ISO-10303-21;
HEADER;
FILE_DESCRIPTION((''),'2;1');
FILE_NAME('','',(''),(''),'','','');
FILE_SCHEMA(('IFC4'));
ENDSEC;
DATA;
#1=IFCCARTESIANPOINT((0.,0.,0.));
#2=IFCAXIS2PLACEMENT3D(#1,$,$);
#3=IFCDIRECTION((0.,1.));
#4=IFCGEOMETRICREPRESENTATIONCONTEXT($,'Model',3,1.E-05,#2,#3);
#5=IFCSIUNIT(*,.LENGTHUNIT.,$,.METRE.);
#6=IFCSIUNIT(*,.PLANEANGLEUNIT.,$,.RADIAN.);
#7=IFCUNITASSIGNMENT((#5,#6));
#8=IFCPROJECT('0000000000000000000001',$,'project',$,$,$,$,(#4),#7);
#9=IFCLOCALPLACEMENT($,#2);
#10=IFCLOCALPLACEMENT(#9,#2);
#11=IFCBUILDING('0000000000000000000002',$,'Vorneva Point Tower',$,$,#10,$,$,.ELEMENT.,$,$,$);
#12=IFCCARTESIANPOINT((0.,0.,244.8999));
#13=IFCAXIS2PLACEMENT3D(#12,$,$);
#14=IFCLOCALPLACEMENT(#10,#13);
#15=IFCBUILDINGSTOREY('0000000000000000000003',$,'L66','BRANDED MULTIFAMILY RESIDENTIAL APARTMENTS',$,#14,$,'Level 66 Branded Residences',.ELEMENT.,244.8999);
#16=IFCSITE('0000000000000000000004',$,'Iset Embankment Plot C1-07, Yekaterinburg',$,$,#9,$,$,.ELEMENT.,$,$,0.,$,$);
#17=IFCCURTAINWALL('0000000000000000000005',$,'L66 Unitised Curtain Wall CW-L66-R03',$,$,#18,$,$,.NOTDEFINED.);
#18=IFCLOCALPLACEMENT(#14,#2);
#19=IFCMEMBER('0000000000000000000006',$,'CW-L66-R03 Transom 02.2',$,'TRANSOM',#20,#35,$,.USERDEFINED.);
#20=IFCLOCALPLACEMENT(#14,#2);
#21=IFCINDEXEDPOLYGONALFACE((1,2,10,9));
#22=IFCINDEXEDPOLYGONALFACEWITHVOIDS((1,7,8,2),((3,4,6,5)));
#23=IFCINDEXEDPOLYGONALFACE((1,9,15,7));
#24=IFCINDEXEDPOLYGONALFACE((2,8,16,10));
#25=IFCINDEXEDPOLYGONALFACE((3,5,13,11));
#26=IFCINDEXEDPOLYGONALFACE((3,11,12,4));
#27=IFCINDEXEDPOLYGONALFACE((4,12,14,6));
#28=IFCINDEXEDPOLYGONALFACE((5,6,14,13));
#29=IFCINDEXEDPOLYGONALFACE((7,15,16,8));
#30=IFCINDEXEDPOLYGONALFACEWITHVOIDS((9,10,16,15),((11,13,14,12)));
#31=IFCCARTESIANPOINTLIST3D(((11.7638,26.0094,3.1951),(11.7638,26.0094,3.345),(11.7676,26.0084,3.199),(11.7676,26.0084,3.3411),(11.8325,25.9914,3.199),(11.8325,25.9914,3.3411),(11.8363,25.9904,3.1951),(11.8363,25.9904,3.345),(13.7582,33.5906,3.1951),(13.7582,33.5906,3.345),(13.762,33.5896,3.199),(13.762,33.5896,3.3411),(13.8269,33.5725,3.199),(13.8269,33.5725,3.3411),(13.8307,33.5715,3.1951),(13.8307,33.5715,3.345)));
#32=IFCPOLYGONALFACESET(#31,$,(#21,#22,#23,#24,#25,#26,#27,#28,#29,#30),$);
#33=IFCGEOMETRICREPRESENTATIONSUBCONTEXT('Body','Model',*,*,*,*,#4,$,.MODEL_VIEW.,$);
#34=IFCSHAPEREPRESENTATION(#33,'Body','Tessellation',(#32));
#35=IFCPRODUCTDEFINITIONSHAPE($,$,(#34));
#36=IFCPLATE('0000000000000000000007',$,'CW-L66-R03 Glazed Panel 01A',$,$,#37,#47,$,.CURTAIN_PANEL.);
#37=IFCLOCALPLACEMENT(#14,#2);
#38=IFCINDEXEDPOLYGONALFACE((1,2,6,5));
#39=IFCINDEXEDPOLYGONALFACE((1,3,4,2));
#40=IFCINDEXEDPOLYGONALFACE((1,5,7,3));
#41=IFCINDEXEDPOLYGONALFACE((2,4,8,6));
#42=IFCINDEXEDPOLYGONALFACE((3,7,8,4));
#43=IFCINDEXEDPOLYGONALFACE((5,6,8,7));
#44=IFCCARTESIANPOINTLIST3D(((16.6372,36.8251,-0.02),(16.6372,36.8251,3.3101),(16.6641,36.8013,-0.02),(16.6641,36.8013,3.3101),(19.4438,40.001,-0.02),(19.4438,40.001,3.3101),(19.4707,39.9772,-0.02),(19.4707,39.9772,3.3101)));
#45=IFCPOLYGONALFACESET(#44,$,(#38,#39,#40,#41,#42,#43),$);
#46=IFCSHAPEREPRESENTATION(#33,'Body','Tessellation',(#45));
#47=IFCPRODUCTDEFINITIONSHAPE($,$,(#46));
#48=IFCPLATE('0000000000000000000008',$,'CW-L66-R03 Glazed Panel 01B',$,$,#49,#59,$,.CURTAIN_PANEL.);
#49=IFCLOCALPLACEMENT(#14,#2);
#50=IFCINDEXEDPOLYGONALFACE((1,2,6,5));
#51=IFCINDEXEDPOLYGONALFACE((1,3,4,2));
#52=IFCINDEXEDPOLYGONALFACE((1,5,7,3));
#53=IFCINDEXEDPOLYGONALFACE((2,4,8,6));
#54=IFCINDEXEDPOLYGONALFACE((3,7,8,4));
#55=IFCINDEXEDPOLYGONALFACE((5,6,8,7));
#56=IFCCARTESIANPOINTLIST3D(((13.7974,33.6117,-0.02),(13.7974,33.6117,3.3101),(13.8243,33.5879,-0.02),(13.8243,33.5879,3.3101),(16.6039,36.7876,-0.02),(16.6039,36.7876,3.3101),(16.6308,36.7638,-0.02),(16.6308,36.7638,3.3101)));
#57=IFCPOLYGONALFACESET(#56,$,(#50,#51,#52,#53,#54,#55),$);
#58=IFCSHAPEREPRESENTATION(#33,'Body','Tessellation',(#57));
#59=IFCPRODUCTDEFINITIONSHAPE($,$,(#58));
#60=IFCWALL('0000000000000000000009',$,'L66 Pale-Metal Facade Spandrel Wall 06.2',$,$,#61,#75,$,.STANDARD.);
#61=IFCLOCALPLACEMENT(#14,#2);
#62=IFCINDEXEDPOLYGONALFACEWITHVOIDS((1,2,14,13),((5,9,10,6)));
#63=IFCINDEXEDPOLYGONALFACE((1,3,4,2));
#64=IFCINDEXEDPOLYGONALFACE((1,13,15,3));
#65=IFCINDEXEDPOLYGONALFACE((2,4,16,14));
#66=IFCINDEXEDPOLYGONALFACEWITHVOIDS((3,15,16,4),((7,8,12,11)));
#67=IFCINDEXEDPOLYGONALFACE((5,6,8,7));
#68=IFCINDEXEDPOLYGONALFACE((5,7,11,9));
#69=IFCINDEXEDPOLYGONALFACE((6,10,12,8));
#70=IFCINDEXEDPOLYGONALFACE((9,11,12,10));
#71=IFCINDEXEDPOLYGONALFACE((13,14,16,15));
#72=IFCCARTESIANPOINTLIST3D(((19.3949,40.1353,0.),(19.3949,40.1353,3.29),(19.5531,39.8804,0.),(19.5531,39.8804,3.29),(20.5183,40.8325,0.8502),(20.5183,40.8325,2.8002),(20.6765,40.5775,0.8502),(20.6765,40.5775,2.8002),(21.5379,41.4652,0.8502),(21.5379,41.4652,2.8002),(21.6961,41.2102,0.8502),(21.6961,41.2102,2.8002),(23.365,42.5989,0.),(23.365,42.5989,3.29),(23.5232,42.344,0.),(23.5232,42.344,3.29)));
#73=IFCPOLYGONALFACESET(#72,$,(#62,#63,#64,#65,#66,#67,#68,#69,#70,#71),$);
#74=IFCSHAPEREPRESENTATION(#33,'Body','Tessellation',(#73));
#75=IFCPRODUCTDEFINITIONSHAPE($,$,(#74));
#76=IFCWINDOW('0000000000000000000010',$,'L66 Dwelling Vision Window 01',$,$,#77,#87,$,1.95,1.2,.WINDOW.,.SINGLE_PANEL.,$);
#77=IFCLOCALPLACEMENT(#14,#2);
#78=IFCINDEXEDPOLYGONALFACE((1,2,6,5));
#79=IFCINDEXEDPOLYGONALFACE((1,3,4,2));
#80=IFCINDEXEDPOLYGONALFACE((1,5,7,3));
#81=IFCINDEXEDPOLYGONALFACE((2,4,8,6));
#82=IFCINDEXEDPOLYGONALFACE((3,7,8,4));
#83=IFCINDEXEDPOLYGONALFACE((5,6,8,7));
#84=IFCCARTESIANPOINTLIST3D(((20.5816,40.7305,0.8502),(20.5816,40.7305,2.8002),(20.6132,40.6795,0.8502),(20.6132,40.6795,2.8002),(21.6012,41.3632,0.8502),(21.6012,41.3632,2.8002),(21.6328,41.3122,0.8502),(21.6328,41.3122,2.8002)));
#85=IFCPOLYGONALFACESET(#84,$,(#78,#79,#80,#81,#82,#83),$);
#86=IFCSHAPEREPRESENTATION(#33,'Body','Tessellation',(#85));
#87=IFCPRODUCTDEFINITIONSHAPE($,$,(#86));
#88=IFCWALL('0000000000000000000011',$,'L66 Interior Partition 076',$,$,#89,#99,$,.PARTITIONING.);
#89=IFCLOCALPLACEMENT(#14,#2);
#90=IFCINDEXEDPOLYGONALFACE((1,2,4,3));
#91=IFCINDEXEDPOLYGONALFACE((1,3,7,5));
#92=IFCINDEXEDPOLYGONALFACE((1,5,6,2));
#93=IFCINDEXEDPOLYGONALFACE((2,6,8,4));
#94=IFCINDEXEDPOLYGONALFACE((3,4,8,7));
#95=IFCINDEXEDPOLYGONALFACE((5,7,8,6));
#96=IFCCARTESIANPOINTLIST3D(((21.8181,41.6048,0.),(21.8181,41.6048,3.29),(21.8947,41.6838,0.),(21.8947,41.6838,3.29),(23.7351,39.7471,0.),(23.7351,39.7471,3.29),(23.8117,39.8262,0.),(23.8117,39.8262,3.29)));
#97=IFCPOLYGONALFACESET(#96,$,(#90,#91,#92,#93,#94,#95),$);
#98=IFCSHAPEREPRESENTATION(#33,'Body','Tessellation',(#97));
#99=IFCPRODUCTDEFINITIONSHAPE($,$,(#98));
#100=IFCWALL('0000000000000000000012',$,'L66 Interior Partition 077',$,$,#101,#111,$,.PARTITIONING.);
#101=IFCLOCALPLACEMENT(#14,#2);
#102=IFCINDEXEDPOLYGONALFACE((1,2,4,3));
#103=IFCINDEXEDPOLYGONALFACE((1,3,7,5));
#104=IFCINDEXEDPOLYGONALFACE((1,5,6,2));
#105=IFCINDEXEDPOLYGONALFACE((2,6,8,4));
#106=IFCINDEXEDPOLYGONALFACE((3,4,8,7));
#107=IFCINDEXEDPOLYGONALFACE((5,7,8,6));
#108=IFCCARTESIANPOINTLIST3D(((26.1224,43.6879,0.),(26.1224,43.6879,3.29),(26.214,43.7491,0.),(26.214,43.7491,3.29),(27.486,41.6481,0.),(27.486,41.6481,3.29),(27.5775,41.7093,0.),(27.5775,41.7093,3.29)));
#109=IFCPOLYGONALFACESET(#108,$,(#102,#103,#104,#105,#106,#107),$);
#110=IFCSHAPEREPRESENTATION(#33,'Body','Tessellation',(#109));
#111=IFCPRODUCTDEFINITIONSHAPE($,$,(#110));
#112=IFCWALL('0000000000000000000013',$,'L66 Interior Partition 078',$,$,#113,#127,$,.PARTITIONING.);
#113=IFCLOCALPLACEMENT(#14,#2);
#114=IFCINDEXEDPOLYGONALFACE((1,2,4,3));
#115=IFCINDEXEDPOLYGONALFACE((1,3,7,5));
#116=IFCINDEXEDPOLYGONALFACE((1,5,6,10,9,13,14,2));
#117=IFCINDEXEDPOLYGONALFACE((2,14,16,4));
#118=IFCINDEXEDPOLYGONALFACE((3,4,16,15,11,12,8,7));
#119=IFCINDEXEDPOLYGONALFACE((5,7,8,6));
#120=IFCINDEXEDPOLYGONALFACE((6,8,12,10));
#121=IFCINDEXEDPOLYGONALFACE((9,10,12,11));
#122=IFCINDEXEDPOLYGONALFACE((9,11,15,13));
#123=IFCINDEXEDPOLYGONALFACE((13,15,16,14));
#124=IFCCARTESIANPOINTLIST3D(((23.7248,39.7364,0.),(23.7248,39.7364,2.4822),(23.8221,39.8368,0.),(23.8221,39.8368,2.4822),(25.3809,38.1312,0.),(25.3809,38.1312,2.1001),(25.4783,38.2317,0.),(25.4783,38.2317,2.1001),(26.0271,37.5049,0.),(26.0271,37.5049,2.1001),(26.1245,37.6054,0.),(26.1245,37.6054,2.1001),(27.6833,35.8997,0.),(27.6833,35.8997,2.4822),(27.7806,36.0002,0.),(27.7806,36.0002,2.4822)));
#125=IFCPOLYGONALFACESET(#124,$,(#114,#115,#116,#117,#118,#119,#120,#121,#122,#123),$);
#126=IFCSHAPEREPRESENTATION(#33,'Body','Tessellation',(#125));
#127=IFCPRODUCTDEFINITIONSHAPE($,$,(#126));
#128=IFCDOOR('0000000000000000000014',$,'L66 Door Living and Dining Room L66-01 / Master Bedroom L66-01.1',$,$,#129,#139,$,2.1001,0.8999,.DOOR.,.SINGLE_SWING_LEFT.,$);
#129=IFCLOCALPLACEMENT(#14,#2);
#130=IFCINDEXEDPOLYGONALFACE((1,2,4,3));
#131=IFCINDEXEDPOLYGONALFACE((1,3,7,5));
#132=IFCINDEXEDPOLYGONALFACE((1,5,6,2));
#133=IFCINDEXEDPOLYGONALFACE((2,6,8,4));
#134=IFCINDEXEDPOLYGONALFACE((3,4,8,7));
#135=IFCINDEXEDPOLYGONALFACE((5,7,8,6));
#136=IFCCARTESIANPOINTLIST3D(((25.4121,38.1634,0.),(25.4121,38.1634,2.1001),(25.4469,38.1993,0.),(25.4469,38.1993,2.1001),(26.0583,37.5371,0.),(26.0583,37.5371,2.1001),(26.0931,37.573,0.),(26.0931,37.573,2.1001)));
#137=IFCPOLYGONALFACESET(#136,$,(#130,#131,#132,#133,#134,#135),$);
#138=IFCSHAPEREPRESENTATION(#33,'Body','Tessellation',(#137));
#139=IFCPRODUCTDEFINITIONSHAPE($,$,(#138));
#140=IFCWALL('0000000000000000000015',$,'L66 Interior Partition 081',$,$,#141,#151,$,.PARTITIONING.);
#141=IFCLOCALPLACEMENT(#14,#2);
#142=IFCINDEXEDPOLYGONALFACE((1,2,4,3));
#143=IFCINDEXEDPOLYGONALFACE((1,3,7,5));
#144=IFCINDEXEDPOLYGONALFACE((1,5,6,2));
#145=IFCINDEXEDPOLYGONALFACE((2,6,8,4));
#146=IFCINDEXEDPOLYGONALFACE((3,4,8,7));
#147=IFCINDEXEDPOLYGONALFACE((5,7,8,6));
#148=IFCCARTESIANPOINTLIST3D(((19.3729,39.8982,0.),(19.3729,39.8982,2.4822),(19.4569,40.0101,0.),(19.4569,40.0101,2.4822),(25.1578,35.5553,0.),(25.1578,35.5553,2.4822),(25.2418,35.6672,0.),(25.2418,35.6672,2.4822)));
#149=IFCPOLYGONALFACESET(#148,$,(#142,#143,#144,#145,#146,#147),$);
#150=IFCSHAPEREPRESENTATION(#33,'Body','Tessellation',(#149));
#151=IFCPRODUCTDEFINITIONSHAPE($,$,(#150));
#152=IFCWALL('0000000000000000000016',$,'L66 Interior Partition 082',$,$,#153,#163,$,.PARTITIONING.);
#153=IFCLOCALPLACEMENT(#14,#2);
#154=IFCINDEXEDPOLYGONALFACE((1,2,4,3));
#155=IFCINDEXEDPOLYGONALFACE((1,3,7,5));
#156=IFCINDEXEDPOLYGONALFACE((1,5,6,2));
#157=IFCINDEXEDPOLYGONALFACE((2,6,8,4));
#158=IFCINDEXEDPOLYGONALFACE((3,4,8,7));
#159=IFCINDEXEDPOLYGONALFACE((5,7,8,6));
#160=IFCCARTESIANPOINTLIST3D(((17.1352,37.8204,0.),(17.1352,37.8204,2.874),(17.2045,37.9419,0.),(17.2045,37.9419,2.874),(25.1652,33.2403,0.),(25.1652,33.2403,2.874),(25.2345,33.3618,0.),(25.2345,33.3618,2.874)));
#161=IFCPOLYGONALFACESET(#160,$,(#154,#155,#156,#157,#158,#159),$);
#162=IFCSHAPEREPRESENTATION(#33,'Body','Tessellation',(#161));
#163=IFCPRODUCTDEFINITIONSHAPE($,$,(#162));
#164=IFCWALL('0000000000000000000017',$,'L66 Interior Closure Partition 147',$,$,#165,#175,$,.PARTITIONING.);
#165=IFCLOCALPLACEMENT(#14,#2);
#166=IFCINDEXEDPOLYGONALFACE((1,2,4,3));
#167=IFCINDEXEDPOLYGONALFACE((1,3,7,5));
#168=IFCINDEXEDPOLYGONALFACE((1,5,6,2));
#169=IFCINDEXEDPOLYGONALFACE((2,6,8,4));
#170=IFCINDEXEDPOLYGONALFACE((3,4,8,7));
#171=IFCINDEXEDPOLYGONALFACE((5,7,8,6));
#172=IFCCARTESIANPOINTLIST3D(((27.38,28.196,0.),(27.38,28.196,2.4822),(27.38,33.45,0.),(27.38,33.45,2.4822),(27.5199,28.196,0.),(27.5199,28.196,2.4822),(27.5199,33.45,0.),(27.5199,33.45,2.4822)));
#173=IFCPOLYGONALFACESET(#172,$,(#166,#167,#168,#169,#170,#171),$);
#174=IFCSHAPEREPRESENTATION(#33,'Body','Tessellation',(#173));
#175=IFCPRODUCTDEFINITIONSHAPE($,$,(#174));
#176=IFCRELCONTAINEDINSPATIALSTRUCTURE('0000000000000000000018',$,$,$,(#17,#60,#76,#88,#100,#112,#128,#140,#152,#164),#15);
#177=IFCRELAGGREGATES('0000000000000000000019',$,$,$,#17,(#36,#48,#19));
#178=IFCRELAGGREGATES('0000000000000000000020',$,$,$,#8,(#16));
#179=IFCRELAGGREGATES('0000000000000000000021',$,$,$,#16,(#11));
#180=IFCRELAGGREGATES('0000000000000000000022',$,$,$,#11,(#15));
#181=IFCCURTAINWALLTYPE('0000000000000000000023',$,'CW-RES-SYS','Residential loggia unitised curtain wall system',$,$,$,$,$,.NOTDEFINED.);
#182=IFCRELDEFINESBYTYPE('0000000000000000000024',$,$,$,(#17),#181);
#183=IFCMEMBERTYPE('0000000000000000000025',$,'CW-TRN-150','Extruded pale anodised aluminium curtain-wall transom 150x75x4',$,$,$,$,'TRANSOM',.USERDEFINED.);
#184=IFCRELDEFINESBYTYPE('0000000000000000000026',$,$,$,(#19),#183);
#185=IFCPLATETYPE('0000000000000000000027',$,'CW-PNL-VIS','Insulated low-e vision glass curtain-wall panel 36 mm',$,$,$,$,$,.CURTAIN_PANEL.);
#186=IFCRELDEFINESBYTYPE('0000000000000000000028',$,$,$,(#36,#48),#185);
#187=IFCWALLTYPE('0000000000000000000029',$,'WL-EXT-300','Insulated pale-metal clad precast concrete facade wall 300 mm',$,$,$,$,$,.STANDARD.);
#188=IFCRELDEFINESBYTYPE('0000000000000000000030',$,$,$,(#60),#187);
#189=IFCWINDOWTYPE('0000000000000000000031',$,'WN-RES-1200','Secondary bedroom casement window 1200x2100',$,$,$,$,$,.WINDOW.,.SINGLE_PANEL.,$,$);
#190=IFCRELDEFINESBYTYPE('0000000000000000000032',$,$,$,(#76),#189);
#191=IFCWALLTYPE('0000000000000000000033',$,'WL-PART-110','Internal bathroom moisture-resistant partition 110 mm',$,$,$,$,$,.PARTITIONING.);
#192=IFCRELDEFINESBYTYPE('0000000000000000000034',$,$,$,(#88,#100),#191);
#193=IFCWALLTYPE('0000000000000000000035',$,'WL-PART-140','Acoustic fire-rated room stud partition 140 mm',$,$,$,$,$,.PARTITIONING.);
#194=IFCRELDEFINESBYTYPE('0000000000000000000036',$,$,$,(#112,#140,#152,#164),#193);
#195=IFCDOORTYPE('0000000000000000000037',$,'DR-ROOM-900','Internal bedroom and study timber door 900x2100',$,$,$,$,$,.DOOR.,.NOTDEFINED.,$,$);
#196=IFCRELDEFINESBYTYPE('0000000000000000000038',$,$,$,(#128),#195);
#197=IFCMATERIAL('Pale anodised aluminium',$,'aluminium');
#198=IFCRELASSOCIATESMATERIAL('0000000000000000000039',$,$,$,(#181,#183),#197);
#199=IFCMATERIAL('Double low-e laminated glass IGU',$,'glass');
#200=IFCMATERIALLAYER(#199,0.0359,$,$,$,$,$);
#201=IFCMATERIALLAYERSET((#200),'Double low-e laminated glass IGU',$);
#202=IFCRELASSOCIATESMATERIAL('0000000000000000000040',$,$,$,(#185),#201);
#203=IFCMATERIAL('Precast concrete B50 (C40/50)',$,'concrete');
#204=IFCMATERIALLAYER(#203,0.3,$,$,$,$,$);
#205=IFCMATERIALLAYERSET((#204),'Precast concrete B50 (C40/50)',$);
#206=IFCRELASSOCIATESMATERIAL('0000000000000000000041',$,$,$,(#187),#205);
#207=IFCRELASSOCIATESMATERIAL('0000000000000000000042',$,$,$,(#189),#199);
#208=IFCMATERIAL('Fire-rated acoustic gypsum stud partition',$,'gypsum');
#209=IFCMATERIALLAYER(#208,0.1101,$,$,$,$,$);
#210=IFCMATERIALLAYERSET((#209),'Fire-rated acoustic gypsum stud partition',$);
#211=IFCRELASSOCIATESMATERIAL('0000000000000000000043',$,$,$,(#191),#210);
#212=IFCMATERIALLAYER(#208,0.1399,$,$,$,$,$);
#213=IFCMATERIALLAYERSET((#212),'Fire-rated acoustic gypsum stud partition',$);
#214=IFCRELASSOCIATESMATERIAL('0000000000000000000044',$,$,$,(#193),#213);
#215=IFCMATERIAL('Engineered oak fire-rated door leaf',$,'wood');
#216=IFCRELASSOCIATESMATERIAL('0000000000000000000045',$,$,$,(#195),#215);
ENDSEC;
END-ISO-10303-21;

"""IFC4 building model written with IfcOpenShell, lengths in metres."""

from ifc_helpers import new_model, si_unit, direction, frame, frame_2d, origin, origin_2d, place, context, subcontext, project, spatial, rectangle, hollow_rectangle, extrude, material, layer, layer_set, material_profile, profile_set, type_object, element, fill, aggregate, save


model = new_model("IFC4")

# Units and contexts
model_context = context("Model", 3, precision=1e-05, world=origin(), true_north=direction((0.0, 1.0)))
body_context = subcontext(model_context, "Body", "Model", "MODEL_VIEW")
ifc_project = project(units=[si_unit("LENGTHUNIT", "METRE"), si_unit("PLANEANGLEUNIT", "RADIAN")], contexts=[model_context])

# Site, building, storey
site_placement = place(None, origin())
site = spatial("IfcSite", under=ifc_project, at=site_placement, Name="Iset Embankment Plot C1-07, Yekaterinburg", CompositionType="ELEMENT", RefElevation=0.0)
building_placement = place(site_placement, origin())
building = spatial("IfcBuilding", under=site, at=building_placement, Name="Vorneva Point Tower", CompositionType="ELEMENT")
storey_placement = place(building_placement, frame((0.0, 0.0, 244.8999)))
storey = spatial("IfcBuildingStorey", under=building, at=storey_placement, Name="L66", Description="BRANDED MULTIFAMILY RESIDENTIAL APARTMENTS", LongName="Level 66 Branded Residences", CompositionType="ELEMENT", Elevation=244.8999)

# Curtain wall, member, plates
ifc_material_1 = material(Name="Pale anodised aluminium", Category="aluminium")
curtain_wall_type = type_object("IfcCurtainWallType", Name="CW-RES-SYS", Description="Residential loggia unitised curtain wall system", PredefinedType="NOTDEFINED", material=ifc_material_1)
curtain_wall_placement = place(storey_placement, origin())
curtain_wall = element("IfcCurtainWall", 1, at=curtain_wall_placement, inside=storey, type_object=curtain_wall_type, Name="L66 Unitised Curtain Wall CW-L66-R03", PredefinedType="NOTDEFINED")
ifc_material_profile_1 = material_profile(ifc_material_1, hollow_rectangle(XDim=0.075, YDim=0.1499, WallThickness=0.0039, at=origin_2d()), Name="AL-TRN 150x75x4")
ifc_profile_set_1 = profile_set([ifc_material_profile_1], Name="Pale anodised aluminium")
member_type_1 = type_object("IfcMemberType", Name="CW-TRN-150", Description="Extruded pale anodised aluminium curtain-wall transom 150x75x4", ElementType="TRANSOM", PredefinedType="USERDEFINED", material=ifc_profile_set_1)
member_1_placement = place(storey_placement, frame((13.7944, 33.5811, 3.27), z_axis=(-0.254418, -0.967094, 0.0), x_axis=(0.967094, -0.254418, 0.0)))
member_1 = element("IfcMember", 2, at=member_1_placement, type_object=member_type_1, Name="CW-L66-R03 Transom 02.2", ObjectType="TRANSOM", PredefinedType="USERDEFINED", context=body_context, shape_type="SweptSolid", body=[
    extrude(hollow_rectangle(XDim=0.075, YDim=0.1499, WallThickness=0.0039, at=origin_2d()), origin(), (0.0, 0.0, 1.0), 7.8391),
])
ifc_material_2 = material(Name="Double low-e laminated glass IGU", Category="glass")
ifc_layer_1 = layer(ifc_material_2, 0.0359)
ifc_layer_set_1 = layer_set([ifc_layer_1], Name="Double low-e laminated glass IGU")
plate_type = type_object("IfcPlateType", Name="CW-PNL-VIS", Description="Insulated low-e vision glass curtain-wall panel 36 mm", PredefinedType="CURTAIN_PANEL", material=ifc_layer_set_1)
plate_1_placement = place(storey_placement, frame((18.054, 38.4011, -0.02), z_axis=(0.0, 0.0, 1.0), x_axis=(-0.662189, -0.749337, 0.0)))
plate_1 = element("IfcPlate", 3, at=plate_1_placement, type_object=plate_type, Name="CW-L66-R03 Glazed Panel 01A", PredefinedType="CURTAIN_PANEL", context=body_context, shape_type="SweptSolid", body=[
    extrude(rectangle(XDim=4.2383, YDim=0.0359, at=origin_2d()), origin(), (0.0, 0.0, 1.0), 3.3301),
])
plate_2_placement = place(storey_placement, frame((15.2141, 35.1877, -0.02), z_axis=(0.0, 0.0, 1.0), x_axis=(-0.662189, -0.749337, 0.0)))
plate_2 = element("IfcPlate", 4, at=plate_2_placement, type_object=plate_type, Name="CW-L66-R03 Glazed Panel 01B", PredefinedType="CURTAIN_PANEL", context=body_context, shape_type="SweptSolid", body=[
    extrude(rectangle(XDim=4.2383, YDim=0.0359, at=origin_2d()), origin(), (0.0, 0.0, 1.0), 3.3301),
])
aggregate(curtain_wall, [plate_1, plate_2, member_1])

# Wall, opening, window
ifc_material_3 = material(Name="Precast concrete B50 (C40/50)", Category="concrete")
ifc_layer_2 = layer(ifc_material_3, 0.3)
ifc_layer_set_2 = layer_set([ifc_layer_2], Name="Precast concrete B50 (C40/50)")
wall_type_1 = type_object("IfcWallType", Name="WL-EXT-300", Description="Insulated pale-metal clad precast concrete facade wall 300 mm", PredefinedType="STANDARD", material=ifc_layer_set_2)
wall_1_placement = place(storey_placement, frame((23.4441, 42.4714, 0.0), z_axis=(0.0, 0.0, 1.0), x_axis=(-0.849702, -0.527263, 0.0)))
wall_1 = element("IfcWall", 5, at=wall_1_placement, inside=storey, type_object=wall_type_1, Name="L66 Pale-Metal Facade Spandrel Wall 06.2", PredefinedType="STANDARD", context=body_context, shape_type="SweptSolid", body=[
    extrude(rectangle(XDim=4.6724, YDim=0.3, at=frame_2d((2.3362, 0.0))), origin(), (0.0, 0.0, 1.0), 3.29),
])
opening_1_placement = place(wall_1_placement, frame((2.1501, 0.0, 0.8501)))
opening_1 = element("IfcOpeningElement", 6, at=opening_1_placement, cuts=wall_1, PredefinedType="OPENING", context=body_context, shape_type="SweptSolid", body=[
    extrude(rectangle(XDim=1.2, YDim=1.95, at=frame_2d((0.6001, 0.9751))), frame((0.0, 0.165, 0.0), z_axis=(0.0, -1.0, 0.0), x_axis=(1.0, 0.0, 0.0)), (0.0, 0.0, 1.0), 0.3298),
])
window_type = type_object("IfcWindowType", Name="WN-RES-1200", Description="Secondary bedroom casement window 1200x2100", PartitioningType="SINGLE_PANEL", PredefinedType="WINDOW", material=ifc_material_2)
window_placement = place(opening_1_placement, origin())
window = element("IfcWindow", 7, at=window_placement, inside=storey, type_object=window_type, Name="L66 Dwelling Vision Window 01", OverallHeight=1.95, OverallWidth=1.2, PartitioningType="SINGLE_PANEL", PredefinedType="WINDOW", context=body_context, shape_type="SweptSolid", body=[
    extrude(rectangle(XDim=1.2, YDim=1.95, at=frame_2d((0.6001, 0.9751))), frame((0.0, 0.03, 0.0), z_axis=(0.0, -1.0, 0.0), x_axis=(1.0, 0.0, 0.0)), (0.0, 0.0, 1.0), 0.0601),
])
fill(opening_1, window)

# Walls
ifc_material_4 = material(Name="Fire-rated acoustic gypsum stud partition", Category="gypsum")
ifc_layer_3 = layer(ifc_material_4, 0.1101)
ifc_layer_set_3 = layer_set([ifc_layer_3], Name="Fire-rated acoustic gypsum stud partition")
wall_type_2 = type_object("IfcWallType", Name="WL-PART-110", Description="Internal bathroom moisture-resistant partition 110 mm", PredefinedType="PARTITIONING", material=ifc_layer_set_3)
wall_2_placement = place(storey_placement, frame((23.7734, 39.7866, 0.0), z_axis=(0.0, 0.0, 1.0), x_axis=(-0.718132, 0.695907, 0.0)))
element("IfcWall", 8, at=wall_2_placement, inside=storey, type_object=wall_type_2, Name="L66 Interior Partition 076", PredefinedType="PARTITIONING", context=body_context, shape_type="SweptSolid", body=[
    extrude(rectangle(XDim=2.6694, YDim=0.1101, at=frame_2d((1.3347, 0.0))), origin(), (0.0, 0.0, 1.0), 3.29),
])
wall_3_placement = place(storey_placement, frame((26.1682, 43.7185, 0.0), z_axis=(0.0, 0.0, 1.0), x_axis=(0.555733, -0.831361, 0.0)))
element("IfcWall", 9, at=wall_3_placement, inside=storey, type_object=wall_type_2, Name="L66 Interior Partition 077", PredefinedType="PARTITIONING", context=body_context, shape_type="SweptSolid", body=[
    extrude(rectangle(XDim=2.4536, YDim=0.1101, at=frame_2d((1.2268, 0.0))), origin(), (0.0, 0.0, 1.0), 3.29),
])

# Wall, opening, door
ifc_layer_4 = layer(ifc_material_4, 0.1399)
ifc_layer_set_4 = layer_set([ifc_layer_4], Name="Fire-rated acoustic gypsum stud partition")
wall_type_3 = type_object("IfcWallType", Name="WL-PART-140", Description="Acoustic fire-rated room stud partition 140 mm", PredefinedType="PARTITIONING", material=ifc_layer_set_4)
wall_4_placement = place(storey_placement, frame((23.7734, 39.7866, 0.0), z_axis=(0.0, 0.0, 1.0), x_axis=(0.71807, -0.695971, 0.0)))
wall_4 = element("IfcWall", 10, at=wall_4_placement, inside=storey, type_object=wall_type_3, Name="L66 Interior Partition 078", PredefinedType="PARTITIONING", context=body_context, shape_type="SweptSolid", body=[
    extrude(rectangle(XDim=5.5127, YDim=0.1399, at=frame_2d((2.7563, 0.0))), origin(), (0.0, 0.0, 1.0), 2.4822),
])
opening_2_placement = place(wall_4_placement, frame((2.3064, 0.0, 0.0)))
opening_2 = element("IfcOpeningElement", 11, at=opening_2_placement, cuts=wall_4, PredefinedType="OPENING", context=body_context, shape_type="SweptSolid", body=[
    extrude(rectangle(XDim=0.8999, YDim=2.1001, at=frame_2d((0.45, 1.05))), frame((0.0, 0.085, 0.0), z_axis=(0.0, -1.0, 0.0), x_axis=(1.0, 0.0, 0.0)), (0.0, 0.0, 1.0), 0.1697),
])
ifc_material_5 = material(Name="Engineered oak fire-rated door leaf", Category="wood")
door_type_1 = type_object("IfcDoorType", Name="DR-ROOM-900", Description="Internal bedroom and study timber door 900x2100", OperationType="NOTDEFINED", PredefinedType="DOOR", material=ifc_material_5)
door_1_placement = place(opening_2_placement, origin())
door_1 = element("IfcDoor", 12, at=door_1_placement, inside=storey, type_object=door_type_1, Name="L66 Door Living and Dining Room L66-01 / Master Bedroom L66-01.1", OperationType="SINGLE_SWING_LEFT", OverallHeight=2.1001, OverallWidth=0.8999, PredefinedType="DOOR", context=body_context, shape_type="SweptSolid", body=[
    extrude(rectangle(XDim=0.8999, YDim=2.1001, at=frame_2d((0.45, 1.05))), frame((0.0, 0.0249, 0.0), z_axis=(0.0, -1.0, 0.0), x_axis=(1.0, 0.0, 0.0)), (0.0, 0.0, 1.0), 0.05),
])
fill(opening_2, door_1)

# Walls
wall_5_placement = place(storey_placement, frame((19.415, 39.9541, 0.0), z_axis=(0.0, 0.0, 1.0), x_axis=(0.799712, -0.600383, 0.0)))
element("IfcWall", 13, at=wall_5_placement, inside=storey, type_object=wall_type_3, Name="L66 Interior Partition 081", PredefinedType="PARTITIONING", context=body_context, shape_type="SweptSolid", body=[
    extrude(rectangle(XDim=7.2336, YDim=0.1399, at=frame_2d((3.6167, 0.0))), origin(), (0.0, 0.0, 1.0), 2.4822),
])
wall_6_placement = place(storey_placement, frame((17.1699, 37.8811, 0.0), z_axis=(0.0, 0.0, 1.0), x_axis=(0.868639, -0.495445, 0.0)))
element("IfcWall", 14, at=wall_6_placement, inside=storey, type_object=wall_type_3, Name="L66 Interior Partition 082", PredefinedType="PARTITIONING", context=body_context, shape_type="SweptSolid", body=[
    extrude(rectangle(XDim=9.2444, YDim=0.1399, at=frame_2d((4.6221, 0.0))), origin(), (0.0, 0.0, 1.0), 2.874),
])
wall_7_placement = place(storey_placement, frame((27.45, 33.45, 0.0), z_axis=(0.0, 0.0, 1.0), x_axis=(0.0, -1.0, 0.0)))
element("IfcWall", 15, at=wall_7_placement, inside=storey, type_object=wall_type_3, Name="L66 Interior Closure Partition 147", PredefinedType="PARTITIONING", context=body_context, shape_type="SweptSolid", body=[
    extrude(rectangle(XDim=5.2539, YDim=0.1399, at=frame_2d((2.627, 0.0))), origin(), (0.0, 0.0, 1.0), 2.4822),
])

save(model, "model.ifc")
